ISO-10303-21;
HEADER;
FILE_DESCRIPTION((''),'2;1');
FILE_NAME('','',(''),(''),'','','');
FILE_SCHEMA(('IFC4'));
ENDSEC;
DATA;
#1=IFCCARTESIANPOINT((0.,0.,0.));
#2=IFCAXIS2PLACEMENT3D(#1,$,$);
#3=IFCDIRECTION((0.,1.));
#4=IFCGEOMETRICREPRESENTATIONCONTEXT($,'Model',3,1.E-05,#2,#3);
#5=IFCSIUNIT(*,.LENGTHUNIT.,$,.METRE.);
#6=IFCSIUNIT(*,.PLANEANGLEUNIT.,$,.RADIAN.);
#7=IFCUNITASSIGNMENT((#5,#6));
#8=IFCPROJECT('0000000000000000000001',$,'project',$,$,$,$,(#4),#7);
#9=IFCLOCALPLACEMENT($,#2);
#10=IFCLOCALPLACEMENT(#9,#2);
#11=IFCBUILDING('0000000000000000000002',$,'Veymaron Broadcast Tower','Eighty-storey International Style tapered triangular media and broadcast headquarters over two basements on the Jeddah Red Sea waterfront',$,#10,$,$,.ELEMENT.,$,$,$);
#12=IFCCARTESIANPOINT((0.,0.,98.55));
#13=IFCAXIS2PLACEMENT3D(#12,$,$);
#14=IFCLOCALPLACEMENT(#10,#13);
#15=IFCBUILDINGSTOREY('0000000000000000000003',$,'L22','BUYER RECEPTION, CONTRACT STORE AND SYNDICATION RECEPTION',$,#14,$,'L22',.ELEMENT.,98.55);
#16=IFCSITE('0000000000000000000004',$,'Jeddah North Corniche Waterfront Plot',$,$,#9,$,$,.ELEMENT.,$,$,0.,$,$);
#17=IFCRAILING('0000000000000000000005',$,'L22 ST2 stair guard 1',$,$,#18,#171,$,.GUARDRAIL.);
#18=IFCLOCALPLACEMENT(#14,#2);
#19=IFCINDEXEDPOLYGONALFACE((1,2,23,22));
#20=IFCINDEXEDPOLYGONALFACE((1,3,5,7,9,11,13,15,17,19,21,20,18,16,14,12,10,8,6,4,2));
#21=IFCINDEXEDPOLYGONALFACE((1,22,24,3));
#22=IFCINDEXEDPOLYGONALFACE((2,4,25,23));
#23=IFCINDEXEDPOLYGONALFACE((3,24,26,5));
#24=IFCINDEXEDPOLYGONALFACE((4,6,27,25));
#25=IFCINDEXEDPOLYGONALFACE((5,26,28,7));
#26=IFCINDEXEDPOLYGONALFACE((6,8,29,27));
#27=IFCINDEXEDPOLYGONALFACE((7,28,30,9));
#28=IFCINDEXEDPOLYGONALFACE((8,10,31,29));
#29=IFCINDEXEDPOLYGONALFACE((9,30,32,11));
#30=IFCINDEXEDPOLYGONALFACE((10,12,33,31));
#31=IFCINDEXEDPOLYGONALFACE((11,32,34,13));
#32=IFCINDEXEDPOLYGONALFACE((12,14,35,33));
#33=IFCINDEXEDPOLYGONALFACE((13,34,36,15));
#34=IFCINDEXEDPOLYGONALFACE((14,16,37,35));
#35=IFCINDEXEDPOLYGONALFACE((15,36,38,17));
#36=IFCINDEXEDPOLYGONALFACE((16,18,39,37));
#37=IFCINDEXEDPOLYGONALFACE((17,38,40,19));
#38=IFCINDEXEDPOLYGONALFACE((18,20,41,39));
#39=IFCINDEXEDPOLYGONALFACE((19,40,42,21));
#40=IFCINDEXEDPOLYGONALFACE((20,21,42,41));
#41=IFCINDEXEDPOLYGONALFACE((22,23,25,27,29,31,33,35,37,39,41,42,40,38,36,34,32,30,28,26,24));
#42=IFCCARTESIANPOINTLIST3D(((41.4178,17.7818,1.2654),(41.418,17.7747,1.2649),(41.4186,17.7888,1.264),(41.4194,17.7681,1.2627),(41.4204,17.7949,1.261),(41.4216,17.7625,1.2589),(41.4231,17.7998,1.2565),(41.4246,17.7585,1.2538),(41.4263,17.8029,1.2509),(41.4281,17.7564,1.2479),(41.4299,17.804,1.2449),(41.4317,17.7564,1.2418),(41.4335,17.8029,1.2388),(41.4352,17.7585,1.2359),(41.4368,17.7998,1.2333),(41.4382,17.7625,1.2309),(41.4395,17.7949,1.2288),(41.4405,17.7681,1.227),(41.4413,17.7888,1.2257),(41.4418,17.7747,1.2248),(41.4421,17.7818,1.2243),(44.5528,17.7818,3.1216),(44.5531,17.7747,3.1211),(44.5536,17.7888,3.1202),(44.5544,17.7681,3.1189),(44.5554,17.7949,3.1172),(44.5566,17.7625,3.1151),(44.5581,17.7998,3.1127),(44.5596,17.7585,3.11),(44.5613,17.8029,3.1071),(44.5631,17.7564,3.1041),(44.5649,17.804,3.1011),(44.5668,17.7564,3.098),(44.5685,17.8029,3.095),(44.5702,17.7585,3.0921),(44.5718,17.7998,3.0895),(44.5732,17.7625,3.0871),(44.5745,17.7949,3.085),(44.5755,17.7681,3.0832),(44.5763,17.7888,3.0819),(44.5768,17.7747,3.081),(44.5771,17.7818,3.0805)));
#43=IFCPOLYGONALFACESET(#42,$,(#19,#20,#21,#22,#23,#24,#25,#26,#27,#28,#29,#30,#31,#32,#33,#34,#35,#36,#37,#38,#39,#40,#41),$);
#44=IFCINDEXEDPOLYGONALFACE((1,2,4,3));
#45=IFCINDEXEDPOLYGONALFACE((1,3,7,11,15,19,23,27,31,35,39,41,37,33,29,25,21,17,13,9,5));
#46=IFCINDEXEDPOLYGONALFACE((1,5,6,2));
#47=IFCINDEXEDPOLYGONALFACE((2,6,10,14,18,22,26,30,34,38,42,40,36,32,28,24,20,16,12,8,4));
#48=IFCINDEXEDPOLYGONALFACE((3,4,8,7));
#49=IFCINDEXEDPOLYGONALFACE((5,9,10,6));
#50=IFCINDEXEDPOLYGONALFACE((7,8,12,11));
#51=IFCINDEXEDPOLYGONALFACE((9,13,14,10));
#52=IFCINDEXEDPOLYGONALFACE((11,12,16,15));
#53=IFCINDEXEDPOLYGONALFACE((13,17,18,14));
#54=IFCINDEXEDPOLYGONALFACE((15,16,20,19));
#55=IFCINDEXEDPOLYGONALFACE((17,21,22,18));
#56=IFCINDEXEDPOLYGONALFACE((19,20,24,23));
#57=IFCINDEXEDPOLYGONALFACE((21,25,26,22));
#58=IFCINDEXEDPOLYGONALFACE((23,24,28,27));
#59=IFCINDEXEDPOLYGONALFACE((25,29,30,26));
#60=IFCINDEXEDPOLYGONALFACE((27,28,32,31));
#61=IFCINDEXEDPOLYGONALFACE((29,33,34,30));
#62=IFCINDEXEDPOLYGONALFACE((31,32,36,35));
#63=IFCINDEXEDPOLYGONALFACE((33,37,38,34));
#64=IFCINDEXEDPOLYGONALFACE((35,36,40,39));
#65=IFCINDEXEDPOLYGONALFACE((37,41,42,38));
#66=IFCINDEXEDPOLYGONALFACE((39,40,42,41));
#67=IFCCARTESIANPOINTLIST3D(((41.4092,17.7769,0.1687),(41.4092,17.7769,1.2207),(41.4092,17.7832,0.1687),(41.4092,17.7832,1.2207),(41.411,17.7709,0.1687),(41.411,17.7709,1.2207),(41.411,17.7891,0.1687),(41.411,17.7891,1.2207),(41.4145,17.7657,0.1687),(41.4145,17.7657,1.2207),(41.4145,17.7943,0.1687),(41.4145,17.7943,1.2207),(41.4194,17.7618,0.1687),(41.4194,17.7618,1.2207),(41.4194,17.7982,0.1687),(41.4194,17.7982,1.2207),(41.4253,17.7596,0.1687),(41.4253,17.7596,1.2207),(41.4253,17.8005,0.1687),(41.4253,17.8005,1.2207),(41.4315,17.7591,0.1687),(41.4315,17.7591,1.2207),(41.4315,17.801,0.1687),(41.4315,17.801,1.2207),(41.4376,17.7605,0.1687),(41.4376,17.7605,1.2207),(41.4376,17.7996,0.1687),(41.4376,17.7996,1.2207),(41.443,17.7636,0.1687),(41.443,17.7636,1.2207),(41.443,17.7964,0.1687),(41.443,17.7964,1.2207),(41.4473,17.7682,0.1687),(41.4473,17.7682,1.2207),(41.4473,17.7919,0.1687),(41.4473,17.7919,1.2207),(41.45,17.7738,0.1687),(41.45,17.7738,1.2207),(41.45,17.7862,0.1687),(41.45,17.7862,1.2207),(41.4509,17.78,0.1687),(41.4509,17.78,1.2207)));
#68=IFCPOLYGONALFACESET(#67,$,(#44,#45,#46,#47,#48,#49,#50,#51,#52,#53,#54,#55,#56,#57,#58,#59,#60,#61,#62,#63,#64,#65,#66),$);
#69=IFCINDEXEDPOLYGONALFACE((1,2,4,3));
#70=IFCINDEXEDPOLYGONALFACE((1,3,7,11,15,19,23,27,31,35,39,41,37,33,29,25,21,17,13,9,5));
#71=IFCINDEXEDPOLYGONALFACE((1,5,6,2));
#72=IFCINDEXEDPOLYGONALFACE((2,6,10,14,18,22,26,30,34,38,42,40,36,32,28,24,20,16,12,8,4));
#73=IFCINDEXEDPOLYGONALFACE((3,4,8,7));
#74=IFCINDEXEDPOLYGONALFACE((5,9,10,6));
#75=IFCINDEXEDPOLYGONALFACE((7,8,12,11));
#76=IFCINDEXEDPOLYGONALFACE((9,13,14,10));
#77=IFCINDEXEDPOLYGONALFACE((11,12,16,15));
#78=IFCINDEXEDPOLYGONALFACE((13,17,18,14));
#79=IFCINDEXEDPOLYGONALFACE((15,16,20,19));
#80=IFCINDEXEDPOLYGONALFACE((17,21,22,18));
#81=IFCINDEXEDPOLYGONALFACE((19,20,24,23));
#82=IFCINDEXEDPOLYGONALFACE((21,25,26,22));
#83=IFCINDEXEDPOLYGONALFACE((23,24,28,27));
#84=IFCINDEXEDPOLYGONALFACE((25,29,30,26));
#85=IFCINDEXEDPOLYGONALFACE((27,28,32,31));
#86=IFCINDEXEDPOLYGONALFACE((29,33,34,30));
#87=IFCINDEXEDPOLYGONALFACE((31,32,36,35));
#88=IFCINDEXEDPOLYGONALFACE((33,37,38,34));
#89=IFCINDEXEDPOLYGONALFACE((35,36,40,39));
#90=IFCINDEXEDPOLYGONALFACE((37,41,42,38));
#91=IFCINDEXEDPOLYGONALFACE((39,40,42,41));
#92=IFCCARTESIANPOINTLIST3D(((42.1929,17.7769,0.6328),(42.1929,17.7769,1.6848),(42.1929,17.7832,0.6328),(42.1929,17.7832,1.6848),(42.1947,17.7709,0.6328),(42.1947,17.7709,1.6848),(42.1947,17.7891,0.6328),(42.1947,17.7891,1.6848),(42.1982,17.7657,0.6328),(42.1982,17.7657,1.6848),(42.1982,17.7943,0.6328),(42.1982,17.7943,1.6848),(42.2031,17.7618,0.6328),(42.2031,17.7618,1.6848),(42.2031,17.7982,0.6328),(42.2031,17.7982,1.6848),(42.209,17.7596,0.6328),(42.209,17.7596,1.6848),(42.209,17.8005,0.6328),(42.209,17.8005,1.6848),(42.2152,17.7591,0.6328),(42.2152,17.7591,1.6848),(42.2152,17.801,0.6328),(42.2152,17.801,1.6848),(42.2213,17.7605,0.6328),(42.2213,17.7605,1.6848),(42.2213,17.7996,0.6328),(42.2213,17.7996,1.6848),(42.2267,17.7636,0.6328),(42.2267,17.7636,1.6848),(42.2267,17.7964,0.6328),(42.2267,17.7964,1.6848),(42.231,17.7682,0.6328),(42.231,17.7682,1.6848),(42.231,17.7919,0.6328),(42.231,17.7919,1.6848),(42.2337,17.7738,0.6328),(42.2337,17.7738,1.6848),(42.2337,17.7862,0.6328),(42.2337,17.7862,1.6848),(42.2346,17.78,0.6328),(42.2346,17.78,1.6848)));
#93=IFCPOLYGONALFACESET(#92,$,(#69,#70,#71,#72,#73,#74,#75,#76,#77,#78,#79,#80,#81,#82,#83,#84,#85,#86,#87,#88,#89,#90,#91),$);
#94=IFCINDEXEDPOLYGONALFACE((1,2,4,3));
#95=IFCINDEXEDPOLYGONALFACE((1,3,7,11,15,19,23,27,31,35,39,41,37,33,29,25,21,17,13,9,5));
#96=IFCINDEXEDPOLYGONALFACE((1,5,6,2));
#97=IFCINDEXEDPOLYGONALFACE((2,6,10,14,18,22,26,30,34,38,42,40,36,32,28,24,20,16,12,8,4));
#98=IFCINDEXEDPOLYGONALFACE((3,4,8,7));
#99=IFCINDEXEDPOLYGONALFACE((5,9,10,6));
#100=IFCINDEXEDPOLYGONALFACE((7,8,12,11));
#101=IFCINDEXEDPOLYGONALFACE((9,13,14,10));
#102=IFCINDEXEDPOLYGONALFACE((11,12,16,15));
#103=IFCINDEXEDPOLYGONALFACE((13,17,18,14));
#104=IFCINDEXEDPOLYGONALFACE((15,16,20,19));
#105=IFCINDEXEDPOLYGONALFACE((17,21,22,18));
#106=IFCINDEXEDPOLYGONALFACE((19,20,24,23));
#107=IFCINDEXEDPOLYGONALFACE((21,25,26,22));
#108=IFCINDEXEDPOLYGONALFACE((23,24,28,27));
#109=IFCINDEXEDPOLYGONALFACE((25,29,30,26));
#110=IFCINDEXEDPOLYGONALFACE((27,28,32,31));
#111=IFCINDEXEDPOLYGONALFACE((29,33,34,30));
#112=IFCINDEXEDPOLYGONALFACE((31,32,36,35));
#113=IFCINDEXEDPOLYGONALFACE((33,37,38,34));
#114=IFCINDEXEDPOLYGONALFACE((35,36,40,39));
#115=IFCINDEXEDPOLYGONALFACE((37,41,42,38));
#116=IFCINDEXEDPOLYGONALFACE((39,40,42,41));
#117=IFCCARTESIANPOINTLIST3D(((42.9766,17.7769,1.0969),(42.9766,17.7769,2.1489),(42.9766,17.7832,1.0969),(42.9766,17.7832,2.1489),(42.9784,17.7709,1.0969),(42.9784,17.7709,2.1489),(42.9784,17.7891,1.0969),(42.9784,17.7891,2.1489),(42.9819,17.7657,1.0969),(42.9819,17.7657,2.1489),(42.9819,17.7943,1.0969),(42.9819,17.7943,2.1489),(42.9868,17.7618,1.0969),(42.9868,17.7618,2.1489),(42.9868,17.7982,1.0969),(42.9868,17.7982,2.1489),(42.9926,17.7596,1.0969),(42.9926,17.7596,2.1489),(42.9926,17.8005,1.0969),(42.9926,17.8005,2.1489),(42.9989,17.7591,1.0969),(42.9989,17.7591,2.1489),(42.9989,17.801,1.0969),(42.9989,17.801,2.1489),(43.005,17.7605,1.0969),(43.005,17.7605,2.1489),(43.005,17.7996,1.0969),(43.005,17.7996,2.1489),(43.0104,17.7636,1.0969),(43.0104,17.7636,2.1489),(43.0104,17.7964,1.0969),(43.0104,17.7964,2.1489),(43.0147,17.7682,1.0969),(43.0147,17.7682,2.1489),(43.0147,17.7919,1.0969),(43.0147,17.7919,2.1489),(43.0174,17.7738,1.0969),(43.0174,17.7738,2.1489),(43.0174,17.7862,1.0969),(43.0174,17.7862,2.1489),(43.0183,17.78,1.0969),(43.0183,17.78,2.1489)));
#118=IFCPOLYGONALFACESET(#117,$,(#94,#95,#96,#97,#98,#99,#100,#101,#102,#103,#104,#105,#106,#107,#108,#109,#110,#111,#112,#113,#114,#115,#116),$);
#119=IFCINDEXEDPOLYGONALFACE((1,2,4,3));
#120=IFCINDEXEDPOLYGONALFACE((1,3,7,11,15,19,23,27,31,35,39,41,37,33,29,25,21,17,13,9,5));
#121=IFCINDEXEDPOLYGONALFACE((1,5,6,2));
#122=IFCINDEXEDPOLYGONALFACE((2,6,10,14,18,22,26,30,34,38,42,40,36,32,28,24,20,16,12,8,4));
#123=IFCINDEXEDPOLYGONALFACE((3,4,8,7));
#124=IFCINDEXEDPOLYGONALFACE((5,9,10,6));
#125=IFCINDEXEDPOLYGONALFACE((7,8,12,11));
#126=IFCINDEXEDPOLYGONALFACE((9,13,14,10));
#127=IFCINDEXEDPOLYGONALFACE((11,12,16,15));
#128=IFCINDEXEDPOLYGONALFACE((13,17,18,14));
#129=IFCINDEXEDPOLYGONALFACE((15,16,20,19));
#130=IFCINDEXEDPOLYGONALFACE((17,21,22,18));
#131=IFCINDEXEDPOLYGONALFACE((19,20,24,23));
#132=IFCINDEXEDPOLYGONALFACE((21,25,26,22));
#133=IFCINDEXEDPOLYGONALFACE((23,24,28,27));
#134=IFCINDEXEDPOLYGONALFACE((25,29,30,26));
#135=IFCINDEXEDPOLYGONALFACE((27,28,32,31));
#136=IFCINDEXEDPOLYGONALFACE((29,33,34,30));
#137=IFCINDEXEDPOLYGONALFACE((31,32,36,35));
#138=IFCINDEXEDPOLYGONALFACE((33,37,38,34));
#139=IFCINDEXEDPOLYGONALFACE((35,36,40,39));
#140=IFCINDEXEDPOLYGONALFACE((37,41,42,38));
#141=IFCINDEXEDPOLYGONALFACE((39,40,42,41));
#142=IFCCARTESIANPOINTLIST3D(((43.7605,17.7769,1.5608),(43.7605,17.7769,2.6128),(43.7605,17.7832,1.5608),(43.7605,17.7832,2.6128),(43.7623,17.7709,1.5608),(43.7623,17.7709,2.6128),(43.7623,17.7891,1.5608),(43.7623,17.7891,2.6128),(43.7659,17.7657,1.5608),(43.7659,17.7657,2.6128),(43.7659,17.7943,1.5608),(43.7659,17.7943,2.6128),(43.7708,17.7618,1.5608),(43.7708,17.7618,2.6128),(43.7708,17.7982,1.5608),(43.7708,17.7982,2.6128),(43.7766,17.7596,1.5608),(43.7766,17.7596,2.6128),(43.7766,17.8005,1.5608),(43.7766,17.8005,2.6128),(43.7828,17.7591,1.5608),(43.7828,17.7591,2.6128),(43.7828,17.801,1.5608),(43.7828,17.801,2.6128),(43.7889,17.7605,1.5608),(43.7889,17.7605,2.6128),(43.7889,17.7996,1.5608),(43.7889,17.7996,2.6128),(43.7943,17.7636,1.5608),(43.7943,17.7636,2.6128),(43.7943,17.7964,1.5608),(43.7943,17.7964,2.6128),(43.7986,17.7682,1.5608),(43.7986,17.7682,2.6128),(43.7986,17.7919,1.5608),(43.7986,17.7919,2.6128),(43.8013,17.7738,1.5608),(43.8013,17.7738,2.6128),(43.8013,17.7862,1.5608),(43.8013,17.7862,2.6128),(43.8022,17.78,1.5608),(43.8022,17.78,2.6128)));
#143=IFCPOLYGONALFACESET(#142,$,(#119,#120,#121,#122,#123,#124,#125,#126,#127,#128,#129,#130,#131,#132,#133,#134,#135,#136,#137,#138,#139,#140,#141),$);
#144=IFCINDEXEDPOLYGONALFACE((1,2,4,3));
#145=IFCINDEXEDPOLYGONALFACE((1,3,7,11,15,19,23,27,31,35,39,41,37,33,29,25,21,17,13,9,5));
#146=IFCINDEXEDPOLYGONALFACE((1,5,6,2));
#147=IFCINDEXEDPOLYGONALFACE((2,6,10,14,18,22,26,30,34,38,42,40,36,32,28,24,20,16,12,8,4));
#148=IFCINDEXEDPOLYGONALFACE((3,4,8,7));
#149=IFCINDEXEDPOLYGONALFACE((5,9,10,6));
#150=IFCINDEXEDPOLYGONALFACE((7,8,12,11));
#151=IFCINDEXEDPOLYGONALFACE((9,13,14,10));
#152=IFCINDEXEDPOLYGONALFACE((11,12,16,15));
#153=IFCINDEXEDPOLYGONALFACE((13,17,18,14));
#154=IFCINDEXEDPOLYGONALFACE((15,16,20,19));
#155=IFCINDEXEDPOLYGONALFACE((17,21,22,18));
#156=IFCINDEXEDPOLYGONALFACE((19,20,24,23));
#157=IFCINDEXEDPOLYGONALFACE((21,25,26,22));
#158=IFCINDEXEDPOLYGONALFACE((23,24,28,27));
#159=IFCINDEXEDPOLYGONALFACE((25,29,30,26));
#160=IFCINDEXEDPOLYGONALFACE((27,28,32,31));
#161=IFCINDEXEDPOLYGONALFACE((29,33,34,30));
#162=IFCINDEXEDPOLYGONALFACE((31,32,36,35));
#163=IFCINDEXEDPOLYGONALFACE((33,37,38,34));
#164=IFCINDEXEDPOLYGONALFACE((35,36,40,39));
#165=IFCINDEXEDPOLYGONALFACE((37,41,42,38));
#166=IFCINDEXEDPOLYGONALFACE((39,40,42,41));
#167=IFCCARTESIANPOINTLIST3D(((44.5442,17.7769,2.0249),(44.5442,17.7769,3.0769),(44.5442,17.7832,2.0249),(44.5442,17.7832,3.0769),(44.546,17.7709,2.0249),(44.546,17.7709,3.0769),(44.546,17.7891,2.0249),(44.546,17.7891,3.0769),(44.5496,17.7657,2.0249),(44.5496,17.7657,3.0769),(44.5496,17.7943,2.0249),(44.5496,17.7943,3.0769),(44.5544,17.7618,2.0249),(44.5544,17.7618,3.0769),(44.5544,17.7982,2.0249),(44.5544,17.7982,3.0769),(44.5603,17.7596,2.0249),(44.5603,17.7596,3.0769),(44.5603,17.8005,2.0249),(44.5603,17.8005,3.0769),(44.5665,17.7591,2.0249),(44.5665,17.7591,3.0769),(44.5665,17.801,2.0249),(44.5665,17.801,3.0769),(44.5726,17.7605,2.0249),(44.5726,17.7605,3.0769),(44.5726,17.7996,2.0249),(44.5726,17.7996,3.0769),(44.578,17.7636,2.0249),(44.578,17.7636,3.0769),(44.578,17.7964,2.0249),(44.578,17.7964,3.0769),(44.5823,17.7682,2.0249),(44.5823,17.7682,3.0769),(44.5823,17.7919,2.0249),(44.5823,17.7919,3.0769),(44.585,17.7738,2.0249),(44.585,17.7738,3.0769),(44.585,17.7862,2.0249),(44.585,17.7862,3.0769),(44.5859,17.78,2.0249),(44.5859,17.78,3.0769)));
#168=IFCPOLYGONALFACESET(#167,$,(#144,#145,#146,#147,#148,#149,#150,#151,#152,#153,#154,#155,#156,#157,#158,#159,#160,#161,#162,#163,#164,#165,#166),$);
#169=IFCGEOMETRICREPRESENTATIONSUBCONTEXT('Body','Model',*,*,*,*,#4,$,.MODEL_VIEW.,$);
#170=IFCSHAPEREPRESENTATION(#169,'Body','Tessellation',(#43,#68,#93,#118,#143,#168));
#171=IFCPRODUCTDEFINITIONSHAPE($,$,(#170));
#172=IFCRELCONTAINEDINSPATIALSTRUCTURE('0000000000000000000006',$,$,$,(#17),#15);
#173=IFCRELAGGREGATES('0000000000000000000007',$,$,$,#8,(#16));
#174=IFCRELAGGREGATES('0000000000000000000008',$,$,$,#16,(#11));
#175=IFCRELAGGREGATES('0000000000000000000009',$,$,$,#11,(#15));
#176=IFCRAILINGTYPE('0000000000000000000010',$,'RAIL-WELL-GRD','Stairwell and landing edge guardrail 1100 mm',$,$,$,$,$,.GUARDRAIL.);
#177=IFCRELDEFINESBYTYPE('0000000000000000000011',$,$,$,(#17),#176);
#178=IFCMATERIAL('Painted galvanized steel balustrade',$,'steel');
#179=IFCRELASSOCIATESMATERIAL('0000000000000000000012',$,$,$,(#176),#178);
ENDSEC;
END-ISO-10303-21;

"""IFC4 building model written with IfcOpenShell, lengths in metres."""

from ifc_helpers import new_model, si_unit, direction, frame, origin, origin_2d, place, context, subcontext, project, spatial, circle, extrude, material, type_object, element, save


model = new_model("IFC4")

# Units and contexts
model_context = context("Model", 3, precision=1e-05, world=origin(), true_north=direction((0.0, 1.0)))
body_context = subcontext(model_context, "Body", "Model", "MODEL_VIEW")
ifc_project = project(units=[si_unit("LENGTHUNIT", "METRE"), si_unit("PLANEANGLEUNIT", "RADIAN")], contexts=[model_context])

# Site, building, storey
site_placement = place(None, origin())
site = spatial("IfcSite", under=ifc_project, at=site_placement, Name="Jeddah North Corniche Waterfront Plot", CompositionType="ELEMENT", RefElevation=0.0)
building_placement = place(site_placement, origin())
building = spatial("IfcBuilding", under=site, at=building_placement, Name="Veymaron Broadcast Tower", Description="Eighty-storey International Style tapered triangular media and broadcast headquarters over two basements on the Jeddah Red Sea waterfront", CompositionType="ELEMENT")
storey_placement = place(building_placement, frame((0.0, 0.0, 98.55)))
storey = spatial("IfcBuildingStorey", under=building, at=storey_placement, Name="L22", Description="BUYER RECEPTION, CONTRACT STORE AND SYNDICATION RECEPTION", LongName="L22", CompositionType="ELEMENT", Elevation=98.55)

# Railing
ifc_material_1 = material(Name="Painted galvanized steel balustrade", Category="steel")
railing_type_1 = type_object("IfcRailingType", Name="RAIL-WELL-GRD", Description="Stairwell and landing edge guardrail 1100 mm", PredefinedType="GUARDRAIL", material=ifc_material_1)
railing_1_placement = place(storey_placement, frame((41.4299, 17.78, 0.1687)))
element("IfcRailing", 1, at=railing_1_placement, inside=storey, type_object=railing_type_1, Name="L22 ST2 stair guard 1", PredefinedType="GUARDRAIL", context=body_context, shape_type="SweptSolid", body=[
    extrude(circle(Radius=0.0239, at=origin_2d()), frame((0.0, 0.0, 1.0762), z_axis=(0.860482, 0.0, 0.509481), x_axis=(0.0, 1.0, 0.0)), (0.0, 0.0, 1.0), 3.6433),
    extrude(circle(Radius=0.021, at=origin_2d()), origin(), (0.0, 0.0, 1.0), 1.052),
    extrude(circle(Radius=0.021, at=origin_2d()), frame((0.7837, 0.0, 0.4641)), (0.0, 0.0, 1.0), 1.052),
    extrude(circle(Radius=0.021, at=origin_2d()), frame((1.5674, 0.0, 0.9282)), (0.0, 0.0, 1.0), 1.052),
    extrude(circle(Radius=0.021, at=origin_2d()), frame((2.3513, 0.0, 1.3921)), (0.0, 0.0, 1.0), 1.052),
    extrude(circle(Radius=0.021, at=origin_2d()), frame((3.135, 0.0, 1.8562)), (0.0, 0.0, 1.0), 1.052),
])

save(model, "model.ifc")
